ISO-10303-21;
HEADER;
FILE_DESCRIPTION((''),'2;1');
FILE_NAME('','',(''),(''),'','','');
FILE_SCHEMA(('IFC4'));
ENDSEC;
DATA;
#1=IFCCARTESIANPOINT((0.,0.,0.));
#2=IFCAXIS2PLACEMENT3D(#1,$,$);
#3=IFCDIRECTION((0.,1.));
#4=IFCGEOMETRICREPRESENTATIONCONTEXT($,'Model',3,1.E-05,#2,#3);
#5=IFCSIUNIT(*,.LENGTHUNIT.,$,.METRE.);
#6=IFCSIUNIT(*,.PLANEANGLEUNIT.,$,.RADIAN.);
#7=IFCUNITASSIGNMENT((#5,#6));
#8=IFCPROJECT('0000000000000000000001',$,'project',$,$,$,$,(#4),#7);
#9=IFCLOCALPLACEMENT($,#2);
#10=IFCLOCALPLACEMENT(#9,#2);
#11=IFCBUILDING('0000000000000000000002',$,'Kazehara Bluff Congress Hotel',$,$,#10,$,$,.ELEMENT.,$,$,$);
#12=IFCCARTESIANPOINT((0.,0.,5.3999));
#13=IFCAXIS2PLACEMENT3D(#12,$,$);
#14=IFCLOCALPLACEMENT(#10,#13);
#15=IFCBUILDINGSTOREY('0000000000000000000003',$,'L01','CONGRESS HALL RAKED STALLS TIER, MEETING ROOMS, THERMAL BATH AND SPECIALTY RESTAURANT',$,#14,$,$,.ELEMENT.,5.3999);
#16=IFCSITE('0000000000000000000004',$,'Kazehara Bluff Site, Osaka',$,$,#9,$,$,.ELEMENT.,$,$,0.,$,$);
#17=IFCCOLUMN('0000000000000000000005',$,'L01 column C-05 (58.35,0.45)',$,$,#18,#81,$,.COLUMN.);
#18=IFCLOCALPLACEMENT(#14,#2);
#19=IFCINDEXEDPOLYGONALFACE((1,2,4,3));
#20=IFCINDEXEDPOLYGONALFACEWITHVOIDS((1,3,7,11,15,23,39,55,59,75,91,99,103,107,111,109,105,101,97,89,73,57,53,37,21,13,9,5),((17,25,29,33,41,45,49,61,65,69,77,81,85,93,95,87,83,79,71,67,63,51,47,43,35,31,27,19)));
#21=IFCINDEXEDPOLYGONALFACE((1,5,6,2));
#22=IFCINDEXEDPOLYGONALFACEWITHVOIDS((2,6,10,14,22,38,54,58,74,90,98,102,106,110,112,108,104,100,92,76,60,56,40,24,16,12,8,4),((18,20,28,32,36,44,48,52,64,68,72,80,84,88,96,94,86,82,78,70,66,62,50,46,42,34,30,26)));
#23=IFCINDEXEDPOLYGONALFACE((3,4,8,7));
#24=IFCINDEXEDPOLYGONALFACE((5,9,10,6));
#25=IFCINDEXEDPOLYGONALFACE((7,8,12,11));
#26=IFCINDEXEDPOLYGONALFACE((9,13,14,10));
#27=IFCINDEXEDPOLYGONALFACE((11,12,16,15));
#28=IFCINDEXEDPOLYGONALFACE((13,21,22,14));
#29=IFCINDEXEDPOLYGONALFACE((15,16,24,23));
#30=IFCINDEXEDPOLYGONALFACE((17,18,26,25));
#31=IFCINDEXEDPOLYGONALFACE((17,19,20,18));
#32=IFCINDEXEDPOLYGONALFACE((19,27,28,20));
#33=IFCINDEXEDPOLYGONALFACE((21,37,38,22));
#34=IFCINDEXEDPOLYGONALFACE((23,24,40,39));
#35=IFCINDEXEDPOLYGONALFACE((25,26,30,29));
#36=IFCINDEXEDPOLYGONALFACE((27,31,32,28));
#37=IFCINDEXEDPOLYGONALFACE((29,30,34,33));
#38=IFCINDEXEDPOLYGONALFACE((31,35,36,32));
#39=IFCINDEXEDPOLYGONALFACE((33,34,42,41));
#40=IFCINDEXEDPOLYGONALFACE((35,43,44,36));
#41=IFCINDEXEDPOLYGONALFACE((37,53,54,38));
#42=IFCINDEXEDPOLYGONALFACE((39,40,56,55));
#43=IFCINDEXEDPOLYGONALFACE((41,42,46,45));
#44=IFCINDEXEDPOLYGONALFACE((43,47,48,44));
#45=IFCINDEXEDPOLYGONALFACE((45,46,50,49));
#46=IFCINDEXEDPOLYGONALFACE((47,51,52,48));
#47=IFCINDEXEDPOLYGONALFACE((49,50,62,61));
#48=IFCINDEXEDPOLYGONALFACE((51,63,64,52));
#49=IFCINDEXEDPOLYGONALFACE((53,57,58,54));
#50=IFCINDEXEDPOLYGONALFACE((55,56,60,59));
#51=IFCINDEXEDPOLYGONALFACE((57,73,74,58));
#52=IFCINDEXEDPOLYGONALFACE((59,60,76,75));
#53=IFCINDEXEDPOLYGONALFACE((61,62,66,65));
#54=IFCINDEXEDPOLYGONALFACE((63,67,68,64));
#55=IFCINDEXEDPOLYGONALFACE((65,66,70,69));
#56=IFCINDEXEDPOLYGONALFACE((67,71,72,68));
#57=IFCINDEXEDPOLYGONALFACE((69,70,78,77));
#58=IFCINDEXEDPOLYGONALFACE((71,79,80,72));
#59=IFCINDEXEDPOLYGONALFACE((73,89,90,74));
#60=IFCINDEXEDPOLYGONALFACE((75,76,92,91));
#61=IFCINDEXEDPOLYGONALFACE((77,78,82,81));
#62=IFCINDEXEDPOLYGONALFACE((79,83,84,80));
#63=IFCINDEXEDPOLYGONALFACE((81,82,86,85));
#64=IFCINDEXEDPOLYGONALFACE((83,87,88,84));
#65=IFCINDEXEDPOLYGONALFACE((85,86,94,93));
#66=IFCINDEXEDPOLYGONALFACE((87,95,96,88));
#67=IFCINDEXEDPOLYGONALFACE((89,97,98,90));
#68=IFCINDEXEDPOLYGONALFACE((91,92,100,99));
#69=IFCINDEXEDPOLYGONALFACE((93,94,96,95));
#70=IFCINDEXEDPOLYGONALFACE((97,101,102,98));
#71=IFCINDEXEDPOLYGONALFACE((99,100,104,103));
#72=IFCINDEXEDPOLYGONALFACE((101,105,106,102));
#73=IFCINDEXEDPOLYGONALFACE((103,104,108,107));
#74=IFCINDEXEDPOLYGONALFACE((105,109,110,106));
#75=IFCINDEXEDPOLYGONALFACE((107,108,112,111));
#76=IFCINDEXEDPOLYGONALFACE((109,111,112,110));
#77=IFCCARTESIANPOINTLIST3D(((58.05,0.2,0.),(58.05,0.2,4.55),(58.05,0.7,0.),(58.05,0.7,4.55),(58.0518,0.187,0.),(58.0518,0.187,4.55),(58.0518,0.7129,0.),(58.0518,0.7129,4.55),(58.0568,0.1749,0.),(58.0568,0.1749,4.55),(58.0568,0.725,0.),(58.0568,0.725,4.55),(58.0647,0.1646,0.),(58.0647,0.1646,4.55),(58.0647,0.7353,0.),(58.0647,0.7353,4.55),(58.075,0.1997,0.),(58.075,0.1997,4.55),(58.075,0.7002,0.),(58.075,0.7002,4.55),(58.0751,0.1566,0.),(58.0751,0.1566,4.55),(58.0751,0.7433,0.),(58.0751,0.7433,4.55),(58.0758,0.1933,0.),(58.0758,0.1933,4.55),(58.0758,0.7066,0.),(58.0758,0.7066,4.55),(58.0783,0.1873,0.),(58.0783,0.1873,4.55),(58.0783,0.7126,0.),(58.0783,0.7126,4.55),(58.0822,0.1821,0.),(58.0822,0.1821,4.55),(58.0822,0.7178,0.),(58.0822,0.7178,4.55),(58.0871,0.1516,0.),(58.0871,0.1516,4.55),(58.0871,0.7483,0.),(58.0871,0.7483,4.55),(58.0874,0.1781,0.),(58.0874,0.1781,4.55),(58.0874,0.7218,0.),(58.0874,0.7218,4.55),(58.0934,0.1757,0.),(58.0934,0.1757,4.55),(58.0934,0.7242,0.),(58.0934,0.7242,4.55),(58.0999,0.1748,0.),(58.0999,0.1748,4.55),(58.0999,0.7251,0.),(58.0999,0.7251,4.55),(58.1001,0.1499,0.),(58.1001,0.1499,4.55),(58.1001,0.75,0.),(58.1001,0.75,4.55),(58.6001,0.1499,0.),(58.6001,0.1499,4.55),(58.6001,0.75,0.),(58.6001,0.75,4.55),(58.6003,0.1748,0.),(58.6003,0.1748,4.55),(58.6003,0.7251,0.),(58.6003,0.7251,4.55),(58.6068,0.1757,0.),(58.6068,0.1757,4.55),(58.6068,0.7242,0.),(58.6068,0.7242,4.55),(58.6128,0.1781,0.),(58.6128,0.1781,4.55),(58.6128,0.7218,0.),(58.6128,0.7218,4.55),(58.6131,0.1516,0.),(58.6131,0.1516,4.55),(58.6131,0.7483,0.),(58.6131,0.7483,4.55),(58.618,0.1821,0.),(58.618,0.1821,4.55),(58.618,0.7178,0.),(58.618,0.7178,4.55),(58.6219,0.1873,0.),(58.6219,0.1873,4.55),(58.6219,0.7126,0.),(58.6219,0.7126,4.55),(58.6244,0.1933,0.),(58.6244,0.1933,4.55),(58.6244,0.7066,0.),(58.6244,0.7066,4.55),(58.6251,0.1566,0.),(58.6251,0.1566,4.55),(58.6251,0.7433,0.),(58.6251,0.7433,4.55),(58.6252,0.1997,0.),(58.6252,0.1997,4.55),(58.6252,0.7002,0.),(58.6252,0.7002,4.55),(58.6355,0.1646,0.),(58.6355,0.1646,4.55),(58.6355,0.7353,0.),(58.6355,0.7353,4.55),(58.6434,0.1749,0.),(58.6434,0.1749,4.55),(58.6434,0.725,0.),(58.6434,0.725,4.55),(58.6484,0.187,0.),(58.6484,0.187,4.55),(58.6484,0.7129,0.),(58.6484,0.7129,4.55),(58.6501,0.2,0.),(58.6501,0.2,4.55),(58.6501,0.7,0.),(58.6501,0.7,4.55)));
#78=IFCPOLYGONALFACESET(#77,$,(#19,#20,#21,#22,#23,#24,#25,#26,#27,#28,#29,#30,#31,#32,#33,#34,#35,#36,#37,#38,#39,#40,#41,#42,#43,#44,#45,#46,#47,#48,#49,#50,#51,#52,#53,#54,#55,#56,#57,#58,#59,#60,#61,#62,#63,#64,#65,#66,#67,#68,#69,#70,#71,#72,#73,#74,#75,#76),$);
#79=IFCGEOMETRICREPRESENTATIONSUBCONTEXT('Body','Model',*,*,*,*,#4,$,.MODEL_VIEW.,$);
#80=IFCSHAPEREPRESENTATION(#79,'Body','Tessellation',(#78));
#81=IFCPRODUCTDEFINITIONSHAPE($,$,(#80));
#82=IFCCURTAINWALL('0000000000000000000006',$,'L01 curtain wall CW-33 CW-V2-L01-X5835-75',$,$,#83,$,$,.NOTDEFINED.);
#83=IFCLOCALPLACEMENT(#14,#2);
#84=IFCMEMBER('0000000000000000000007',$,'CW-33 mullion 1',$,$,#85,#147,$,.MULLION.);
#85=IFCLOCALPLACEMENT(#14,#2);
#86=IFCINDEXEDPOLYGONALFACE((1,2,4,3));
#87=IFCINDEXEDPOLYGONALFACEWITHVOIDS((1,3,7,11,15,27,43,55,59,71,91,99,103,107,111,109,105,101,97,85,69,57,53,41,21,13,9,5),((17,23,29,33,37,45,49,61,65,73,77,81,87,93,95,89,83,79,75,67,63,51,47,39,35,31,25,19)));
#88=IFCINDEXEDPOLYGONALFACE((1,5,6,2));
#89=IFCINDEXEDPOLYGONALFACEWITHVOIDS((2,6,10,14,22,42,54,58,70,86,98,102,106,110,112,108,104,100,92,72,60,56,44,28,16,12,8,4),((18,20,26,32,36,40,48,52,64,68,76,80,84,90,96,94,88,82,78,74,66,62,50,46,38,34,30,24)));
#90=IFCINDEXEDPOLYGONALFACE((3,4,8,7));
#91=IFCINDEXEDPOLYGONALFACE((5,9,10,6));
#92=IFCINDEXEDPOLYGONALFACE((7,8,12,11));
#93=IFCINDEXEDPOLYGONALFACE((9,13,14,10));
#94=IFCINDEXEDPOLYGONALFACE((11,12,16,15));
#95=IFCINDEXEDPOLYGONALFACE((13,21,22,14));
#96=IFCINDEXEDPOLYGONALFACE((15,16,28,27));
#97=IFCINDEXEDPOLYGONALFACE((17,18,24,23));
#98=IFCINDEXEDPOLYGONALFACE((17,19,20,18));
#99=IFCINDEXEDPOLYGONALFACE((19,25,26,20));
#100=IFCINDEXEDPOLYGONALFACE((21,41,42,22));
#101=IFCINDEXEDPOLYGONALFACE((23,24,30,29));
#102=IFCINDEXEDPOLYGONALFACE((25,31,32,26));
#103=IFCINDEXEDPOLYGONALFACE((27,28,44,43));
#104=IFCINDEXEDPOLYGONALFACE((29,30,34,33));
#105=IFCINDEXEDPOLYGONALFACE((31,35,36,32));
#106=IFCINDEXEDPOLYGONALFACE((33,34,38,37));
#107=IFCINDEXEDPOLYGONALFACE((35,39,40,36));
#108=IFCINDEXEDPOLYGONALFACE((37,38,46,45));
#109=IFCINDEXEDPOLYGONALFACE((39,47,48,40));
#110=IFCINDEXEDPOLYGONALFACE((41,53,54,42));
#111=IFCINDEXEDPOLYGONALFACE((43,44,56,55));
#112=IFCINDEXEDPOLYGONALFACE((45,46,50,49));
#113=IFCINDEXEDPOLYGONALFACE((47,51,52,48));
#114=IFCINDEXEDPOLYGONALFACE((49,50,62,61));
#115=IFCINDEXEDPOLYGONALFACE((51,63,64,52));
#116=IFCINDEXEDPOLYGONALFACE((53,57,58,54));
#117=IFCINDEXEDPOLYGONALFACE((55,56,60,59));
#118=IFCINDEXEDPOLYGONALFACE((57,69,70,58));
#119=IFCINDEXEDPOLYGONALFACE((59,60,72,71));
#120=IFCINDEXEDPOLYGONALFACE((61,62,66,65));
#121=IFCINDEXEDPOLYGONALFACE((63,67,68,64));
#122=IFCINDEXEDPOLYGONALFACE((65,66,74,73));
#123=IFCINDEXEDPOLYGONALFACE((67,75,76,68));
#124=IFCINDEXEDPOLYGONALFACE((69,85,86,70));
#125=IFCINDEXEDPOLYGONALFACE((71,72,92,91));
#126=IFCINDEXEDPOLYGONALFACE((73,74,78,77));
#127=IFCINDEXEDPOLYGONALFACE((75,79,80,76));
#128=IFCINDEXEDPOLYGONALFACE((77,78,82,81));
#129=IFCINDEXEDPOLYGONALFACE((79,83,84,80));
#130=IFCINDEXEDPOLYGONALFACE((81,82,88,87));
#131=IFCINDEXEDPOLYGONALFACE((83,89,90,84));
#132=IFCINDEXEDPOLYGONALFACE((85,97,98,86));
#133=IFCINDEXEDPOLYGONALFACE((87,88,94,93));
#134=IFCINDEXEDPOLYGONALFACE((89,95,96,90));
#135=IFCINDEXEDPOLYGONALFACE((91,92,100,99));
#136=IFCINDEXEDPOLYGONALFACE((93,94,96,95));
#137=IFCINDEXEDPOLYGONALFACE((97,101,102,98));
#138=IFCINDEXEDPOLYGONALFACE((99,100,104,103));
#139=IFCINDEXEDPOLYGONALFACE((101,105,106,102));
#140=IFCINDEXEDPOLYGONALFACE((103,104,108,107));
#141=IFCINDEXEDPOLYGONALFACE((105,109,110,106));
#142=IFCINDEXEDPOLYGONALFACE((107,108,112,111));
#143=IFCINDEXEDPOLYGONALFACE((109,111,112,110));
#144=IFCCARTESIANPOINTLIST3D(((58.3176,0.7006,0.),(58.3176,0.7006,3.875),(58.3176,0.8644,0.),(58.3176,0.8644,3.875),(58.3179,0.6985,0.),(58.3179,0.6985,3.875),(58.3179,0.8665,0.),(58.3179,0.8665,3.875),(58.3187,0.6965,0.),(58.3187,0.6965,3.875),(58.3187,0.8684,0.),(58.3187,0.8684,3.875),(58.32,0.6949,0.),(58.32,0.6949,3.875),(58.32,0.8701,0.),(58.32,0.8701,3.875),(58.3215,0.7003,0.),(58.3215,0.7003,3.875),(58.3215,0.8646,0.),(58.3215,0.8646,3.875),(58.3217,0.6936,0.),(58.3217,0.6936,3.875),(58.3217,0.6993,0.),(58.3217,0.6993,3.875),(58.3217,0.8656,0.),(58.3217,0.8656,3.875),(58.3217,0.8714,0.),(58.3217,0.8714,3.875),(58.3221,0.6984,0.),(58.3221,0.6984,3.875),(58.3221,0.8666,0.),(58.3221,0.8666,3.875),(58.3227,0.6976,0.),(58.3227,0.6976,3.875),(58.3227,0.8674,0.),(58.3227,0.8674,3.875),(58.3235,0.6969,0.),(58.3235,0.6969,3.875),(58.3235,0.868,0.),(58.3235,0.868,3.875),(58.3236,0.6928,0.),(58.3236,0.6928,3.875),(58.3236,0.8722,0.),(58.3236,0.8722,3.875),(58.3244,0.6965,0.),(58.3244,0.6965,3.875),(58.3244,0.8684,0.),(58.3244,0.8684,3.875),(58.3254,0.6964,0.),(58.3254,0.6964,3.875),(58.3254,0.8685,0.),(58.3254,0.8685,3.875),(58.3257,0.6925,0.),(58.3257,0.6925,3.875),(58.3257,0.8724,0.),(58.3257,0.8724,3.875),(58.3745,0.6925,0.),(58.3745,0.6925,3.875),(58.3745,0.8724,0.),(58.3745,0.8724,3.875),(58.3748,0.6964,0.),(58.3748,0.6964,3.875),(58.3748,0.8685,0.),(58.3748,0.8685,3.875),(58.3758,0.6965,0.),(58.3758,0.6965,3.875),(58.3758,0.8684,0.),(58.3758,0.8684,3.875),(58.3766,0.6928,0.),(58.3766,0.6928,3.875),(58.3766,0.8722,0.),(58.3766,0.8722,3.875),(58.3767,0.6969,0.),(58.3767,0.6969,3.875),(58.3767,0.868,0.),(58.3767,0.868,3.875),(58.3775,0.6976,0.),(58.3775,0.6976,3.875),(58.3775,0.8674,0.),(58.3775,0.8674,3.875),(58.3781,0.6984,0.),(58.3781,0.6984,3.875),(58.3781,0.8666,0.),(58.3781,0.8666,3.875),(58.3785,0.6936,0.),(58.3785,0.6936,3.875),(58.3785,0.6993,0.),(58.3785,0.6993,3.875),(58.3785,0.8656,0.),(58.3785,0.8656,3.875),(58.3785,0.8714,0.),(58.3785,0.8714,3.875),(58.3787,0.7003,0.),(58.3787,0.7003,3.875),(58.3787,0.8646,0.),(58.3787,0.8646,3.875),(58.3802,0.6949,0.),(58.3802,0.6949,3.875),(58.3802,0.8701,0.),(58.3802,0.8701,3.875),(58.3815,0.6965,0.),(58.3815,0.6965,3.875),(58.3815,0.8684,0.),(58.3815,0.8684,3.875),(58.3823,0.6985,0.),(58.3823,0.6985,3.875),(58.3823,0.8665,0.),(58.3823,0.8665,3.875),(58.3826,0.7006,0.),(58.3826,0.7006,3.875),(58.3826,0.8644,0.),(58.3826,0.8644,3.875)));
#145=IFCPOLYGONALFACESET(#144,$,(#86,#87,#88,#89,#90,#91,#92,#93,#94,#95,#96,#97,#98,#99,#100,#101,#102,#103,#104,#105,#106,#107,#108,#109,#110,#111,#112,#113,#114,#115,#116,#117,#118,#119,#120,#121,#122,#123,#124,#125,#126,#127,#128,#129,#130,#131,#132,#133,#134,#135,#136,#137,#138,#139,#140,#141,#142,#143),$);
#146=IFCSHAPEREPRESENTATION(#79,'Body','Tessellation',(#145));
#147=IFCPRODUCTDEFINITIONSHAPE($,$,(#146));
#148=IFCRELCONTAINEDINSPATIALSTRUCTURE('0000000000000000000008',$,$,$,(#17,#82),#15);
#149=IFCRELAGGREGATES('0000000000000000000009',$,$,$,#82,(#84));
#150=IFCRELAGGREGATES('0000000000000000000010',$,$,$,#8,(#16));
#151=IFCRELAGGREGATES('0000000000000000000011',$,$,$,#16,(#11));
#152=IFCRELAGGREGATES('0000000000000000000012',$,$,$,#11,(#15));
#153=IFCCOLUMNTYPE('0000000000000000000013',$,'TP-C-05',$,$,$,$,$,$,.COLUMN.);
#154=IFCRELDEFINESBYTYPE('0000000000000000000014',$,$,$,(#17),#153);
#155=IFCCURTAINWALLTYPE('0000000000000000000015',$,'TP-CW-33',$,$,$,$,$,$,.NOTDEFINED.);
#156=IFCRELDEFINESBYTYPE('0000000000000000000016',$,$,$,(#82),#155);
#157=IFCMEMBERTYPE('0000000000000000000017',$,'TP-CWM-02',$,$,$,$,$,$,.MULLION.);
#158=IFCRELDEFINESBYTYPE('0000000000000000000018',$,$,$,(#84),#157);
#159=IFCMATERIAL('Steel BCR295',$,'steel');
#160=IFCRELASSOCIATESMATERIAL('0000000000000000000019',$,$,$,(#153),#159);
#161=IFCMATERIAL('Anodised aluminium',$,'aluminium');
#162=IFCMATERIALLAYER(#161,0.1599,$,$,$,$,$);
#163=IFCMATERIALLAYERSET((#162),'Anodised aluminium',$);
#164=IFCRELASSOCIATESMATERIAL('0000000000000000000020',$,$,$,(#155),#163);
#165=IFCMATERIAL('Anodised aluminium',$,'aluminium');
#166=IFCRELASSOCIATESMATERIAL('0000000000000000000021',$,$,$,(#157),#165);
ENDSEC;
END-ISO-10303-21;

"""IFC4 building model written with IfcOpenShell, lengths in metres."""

from ifc_helpers import new_model, si_unit, direction, frame, origin, origin_2d, place, context, subcontext, project, spatial, hollow_rectangle, extrude, material, layer, layer_set, material_profile, profile_set, type_object, element, aggregate, save


model = new_model("IFC4")

# Units and contexts
model_context = context("Model", 3, precision=1e-05, world=origin(), true_north=direction((0.0, 1.0)))
body_context = subcontext(model_context, "Body", "Model", "MODEL_VIEW")
ifc_project = project(units=[si_unit("LENGTHUNIT", "METRE"), si_unit("PLANEANGLEUNIT", "RADIAN")], contexts=[model_context])

# Site, building, storey
site_placement = place(None, origin())
site = spatial("IfcSite", under=ifc_project, at=site_placement, Name="Kazehara Bluff Site, Osaka", CompositionType="ELEMENT", RefElevation=0.0)
building_placement = place(site_placement, origin())
building = spatial("IfcBuilding", under=site, at=building_placement, Name="Kazehara Bluff Congress Hotel", CompositionType="ELEMENT")
storey_placement = place(building_placement, frame((0.0, 0.0, 5.3999)))
storey = spatial("IfcBuildingStorey", under=building, at=storey_placement, Name="L01", Description="CONGRESS HALL RAKED STALLS TIER, MEETING ROOMS, THERMAL BATH AND SPECIALTY RESTAURANT", CompositionType="ELEMENT", Elevation=5.3999)

# Column
ifc_material_1 = material(Name="Steel BCR295", Category="steel")
ifc_material_profile_1 = material_profile(ifc_material_1, hollow_rectangle(XDim=0.6001, YDim=0.6001, WallThickness=0.0249, InnerFilletRadius=0.0249, OuterFilletRadius=0.05, at=origin_2d()))
ifc_profile_set_1 = profile_set([ifc_material_profile_1], Name="Steel BCR295")
column_type = type_object("IfcColumnType", Name="TP-C-05", PredefinedType="COLUMN", material=ifc_profile_set_1)
column_placement = place(storey_placement, frame((58.3501, 0.45, 0.0), z_axis=(0.0, 0.0, 1.0), x_axis=(1.0, 0.0, 0.0)))
element("IfcColumn", 1, at=column_placement, inside=storey, type_object=column_type, Name="L01 column C-05 (58.35,0.45)", PredefinedType="COLUMN", context=body_context, shape_type="SweptSolid", body=[
    extrude(hollow_rectangle(XDim=0.6001, YDim=0.6001, WallThickness=0.0249, InnerFilletRadius=0.0249, OuterFilletRadius=0.05, at=origin_2d()), origin(), (0.0, 0.0, 1.0), 4.55),
])

# Curtain wall, member
ifc_material_2 = material(Name="Anodised aluminium", Category="aluminium")
ifc_layer_1 = layer(ifc_material_2, 0.1599)
ifc_layer_set_1 = layer_set([ifc_layer_1], Name="Anodised aluminium")
curtain_wall_type_1 = type_object("IfcCurtainWallType", Name="TP-CW-33", PredefinedType="NOTDEFINED", material=ifc_layer_set_1)
curtain_wall_1_placement = place(storey_placement, origin())
curtain_wall_1 = element("IfcCurtainWall", 2, at=curtain_wall_1_placement, inside=storey, type_object=curtain_wall_type_1, Name="L01 curtain wall CW-33 CW-V2-L01-X5835-75", PredefinedType="NOTDEFINED")
ifc_material_3 = material(Name="Anodised aluminium", Category="aluminium")
ifc_material_profile_2 = material_profile(ifc_material_3, hollow_rectangle(XDim=0.0649, YDim=0.1799, WallThickness=0.0039, InnerFilletRadius=0.0039, OuterFilletRadius=0.0081, at=origin_2d()))
ifc_profile_set_2 = profile_set([ifc_material_profile_2], Name="Anodised aluminium")
member_type_1 = type_object("IfcMemberType", Name="TP-CWM-02", PredefinedType="MULLION", material=ifc_profile_set_2)
member_1_placement = place(storey_placement, frame((58.3501, 0.7825, 0.0), z_axis=(0.0, 0.0, 1.0), x_axis=(-1.0, 0.0, 0.0)))
member_1 = element("IfcMember", 3, at=member_1_placement, type_object=member_type_1, Name="CW-33 mullion 1", PredefinedType="MULLION", context=body_context, shape_type="SweptSolid", body=[
    extrude(hollow_rectangle(XDim=0.0649, YDim=0.1799, WallThickness=0.0039, InnerFilletRadius=0.0039, OuterFilletRadius=0.0081, at=origin_2d()), origin(), (0.0, 0.0, 1.0), 3.875),
])

aggregate(curtain_wall_1, [member_1])

save(model, "model.ifc")
